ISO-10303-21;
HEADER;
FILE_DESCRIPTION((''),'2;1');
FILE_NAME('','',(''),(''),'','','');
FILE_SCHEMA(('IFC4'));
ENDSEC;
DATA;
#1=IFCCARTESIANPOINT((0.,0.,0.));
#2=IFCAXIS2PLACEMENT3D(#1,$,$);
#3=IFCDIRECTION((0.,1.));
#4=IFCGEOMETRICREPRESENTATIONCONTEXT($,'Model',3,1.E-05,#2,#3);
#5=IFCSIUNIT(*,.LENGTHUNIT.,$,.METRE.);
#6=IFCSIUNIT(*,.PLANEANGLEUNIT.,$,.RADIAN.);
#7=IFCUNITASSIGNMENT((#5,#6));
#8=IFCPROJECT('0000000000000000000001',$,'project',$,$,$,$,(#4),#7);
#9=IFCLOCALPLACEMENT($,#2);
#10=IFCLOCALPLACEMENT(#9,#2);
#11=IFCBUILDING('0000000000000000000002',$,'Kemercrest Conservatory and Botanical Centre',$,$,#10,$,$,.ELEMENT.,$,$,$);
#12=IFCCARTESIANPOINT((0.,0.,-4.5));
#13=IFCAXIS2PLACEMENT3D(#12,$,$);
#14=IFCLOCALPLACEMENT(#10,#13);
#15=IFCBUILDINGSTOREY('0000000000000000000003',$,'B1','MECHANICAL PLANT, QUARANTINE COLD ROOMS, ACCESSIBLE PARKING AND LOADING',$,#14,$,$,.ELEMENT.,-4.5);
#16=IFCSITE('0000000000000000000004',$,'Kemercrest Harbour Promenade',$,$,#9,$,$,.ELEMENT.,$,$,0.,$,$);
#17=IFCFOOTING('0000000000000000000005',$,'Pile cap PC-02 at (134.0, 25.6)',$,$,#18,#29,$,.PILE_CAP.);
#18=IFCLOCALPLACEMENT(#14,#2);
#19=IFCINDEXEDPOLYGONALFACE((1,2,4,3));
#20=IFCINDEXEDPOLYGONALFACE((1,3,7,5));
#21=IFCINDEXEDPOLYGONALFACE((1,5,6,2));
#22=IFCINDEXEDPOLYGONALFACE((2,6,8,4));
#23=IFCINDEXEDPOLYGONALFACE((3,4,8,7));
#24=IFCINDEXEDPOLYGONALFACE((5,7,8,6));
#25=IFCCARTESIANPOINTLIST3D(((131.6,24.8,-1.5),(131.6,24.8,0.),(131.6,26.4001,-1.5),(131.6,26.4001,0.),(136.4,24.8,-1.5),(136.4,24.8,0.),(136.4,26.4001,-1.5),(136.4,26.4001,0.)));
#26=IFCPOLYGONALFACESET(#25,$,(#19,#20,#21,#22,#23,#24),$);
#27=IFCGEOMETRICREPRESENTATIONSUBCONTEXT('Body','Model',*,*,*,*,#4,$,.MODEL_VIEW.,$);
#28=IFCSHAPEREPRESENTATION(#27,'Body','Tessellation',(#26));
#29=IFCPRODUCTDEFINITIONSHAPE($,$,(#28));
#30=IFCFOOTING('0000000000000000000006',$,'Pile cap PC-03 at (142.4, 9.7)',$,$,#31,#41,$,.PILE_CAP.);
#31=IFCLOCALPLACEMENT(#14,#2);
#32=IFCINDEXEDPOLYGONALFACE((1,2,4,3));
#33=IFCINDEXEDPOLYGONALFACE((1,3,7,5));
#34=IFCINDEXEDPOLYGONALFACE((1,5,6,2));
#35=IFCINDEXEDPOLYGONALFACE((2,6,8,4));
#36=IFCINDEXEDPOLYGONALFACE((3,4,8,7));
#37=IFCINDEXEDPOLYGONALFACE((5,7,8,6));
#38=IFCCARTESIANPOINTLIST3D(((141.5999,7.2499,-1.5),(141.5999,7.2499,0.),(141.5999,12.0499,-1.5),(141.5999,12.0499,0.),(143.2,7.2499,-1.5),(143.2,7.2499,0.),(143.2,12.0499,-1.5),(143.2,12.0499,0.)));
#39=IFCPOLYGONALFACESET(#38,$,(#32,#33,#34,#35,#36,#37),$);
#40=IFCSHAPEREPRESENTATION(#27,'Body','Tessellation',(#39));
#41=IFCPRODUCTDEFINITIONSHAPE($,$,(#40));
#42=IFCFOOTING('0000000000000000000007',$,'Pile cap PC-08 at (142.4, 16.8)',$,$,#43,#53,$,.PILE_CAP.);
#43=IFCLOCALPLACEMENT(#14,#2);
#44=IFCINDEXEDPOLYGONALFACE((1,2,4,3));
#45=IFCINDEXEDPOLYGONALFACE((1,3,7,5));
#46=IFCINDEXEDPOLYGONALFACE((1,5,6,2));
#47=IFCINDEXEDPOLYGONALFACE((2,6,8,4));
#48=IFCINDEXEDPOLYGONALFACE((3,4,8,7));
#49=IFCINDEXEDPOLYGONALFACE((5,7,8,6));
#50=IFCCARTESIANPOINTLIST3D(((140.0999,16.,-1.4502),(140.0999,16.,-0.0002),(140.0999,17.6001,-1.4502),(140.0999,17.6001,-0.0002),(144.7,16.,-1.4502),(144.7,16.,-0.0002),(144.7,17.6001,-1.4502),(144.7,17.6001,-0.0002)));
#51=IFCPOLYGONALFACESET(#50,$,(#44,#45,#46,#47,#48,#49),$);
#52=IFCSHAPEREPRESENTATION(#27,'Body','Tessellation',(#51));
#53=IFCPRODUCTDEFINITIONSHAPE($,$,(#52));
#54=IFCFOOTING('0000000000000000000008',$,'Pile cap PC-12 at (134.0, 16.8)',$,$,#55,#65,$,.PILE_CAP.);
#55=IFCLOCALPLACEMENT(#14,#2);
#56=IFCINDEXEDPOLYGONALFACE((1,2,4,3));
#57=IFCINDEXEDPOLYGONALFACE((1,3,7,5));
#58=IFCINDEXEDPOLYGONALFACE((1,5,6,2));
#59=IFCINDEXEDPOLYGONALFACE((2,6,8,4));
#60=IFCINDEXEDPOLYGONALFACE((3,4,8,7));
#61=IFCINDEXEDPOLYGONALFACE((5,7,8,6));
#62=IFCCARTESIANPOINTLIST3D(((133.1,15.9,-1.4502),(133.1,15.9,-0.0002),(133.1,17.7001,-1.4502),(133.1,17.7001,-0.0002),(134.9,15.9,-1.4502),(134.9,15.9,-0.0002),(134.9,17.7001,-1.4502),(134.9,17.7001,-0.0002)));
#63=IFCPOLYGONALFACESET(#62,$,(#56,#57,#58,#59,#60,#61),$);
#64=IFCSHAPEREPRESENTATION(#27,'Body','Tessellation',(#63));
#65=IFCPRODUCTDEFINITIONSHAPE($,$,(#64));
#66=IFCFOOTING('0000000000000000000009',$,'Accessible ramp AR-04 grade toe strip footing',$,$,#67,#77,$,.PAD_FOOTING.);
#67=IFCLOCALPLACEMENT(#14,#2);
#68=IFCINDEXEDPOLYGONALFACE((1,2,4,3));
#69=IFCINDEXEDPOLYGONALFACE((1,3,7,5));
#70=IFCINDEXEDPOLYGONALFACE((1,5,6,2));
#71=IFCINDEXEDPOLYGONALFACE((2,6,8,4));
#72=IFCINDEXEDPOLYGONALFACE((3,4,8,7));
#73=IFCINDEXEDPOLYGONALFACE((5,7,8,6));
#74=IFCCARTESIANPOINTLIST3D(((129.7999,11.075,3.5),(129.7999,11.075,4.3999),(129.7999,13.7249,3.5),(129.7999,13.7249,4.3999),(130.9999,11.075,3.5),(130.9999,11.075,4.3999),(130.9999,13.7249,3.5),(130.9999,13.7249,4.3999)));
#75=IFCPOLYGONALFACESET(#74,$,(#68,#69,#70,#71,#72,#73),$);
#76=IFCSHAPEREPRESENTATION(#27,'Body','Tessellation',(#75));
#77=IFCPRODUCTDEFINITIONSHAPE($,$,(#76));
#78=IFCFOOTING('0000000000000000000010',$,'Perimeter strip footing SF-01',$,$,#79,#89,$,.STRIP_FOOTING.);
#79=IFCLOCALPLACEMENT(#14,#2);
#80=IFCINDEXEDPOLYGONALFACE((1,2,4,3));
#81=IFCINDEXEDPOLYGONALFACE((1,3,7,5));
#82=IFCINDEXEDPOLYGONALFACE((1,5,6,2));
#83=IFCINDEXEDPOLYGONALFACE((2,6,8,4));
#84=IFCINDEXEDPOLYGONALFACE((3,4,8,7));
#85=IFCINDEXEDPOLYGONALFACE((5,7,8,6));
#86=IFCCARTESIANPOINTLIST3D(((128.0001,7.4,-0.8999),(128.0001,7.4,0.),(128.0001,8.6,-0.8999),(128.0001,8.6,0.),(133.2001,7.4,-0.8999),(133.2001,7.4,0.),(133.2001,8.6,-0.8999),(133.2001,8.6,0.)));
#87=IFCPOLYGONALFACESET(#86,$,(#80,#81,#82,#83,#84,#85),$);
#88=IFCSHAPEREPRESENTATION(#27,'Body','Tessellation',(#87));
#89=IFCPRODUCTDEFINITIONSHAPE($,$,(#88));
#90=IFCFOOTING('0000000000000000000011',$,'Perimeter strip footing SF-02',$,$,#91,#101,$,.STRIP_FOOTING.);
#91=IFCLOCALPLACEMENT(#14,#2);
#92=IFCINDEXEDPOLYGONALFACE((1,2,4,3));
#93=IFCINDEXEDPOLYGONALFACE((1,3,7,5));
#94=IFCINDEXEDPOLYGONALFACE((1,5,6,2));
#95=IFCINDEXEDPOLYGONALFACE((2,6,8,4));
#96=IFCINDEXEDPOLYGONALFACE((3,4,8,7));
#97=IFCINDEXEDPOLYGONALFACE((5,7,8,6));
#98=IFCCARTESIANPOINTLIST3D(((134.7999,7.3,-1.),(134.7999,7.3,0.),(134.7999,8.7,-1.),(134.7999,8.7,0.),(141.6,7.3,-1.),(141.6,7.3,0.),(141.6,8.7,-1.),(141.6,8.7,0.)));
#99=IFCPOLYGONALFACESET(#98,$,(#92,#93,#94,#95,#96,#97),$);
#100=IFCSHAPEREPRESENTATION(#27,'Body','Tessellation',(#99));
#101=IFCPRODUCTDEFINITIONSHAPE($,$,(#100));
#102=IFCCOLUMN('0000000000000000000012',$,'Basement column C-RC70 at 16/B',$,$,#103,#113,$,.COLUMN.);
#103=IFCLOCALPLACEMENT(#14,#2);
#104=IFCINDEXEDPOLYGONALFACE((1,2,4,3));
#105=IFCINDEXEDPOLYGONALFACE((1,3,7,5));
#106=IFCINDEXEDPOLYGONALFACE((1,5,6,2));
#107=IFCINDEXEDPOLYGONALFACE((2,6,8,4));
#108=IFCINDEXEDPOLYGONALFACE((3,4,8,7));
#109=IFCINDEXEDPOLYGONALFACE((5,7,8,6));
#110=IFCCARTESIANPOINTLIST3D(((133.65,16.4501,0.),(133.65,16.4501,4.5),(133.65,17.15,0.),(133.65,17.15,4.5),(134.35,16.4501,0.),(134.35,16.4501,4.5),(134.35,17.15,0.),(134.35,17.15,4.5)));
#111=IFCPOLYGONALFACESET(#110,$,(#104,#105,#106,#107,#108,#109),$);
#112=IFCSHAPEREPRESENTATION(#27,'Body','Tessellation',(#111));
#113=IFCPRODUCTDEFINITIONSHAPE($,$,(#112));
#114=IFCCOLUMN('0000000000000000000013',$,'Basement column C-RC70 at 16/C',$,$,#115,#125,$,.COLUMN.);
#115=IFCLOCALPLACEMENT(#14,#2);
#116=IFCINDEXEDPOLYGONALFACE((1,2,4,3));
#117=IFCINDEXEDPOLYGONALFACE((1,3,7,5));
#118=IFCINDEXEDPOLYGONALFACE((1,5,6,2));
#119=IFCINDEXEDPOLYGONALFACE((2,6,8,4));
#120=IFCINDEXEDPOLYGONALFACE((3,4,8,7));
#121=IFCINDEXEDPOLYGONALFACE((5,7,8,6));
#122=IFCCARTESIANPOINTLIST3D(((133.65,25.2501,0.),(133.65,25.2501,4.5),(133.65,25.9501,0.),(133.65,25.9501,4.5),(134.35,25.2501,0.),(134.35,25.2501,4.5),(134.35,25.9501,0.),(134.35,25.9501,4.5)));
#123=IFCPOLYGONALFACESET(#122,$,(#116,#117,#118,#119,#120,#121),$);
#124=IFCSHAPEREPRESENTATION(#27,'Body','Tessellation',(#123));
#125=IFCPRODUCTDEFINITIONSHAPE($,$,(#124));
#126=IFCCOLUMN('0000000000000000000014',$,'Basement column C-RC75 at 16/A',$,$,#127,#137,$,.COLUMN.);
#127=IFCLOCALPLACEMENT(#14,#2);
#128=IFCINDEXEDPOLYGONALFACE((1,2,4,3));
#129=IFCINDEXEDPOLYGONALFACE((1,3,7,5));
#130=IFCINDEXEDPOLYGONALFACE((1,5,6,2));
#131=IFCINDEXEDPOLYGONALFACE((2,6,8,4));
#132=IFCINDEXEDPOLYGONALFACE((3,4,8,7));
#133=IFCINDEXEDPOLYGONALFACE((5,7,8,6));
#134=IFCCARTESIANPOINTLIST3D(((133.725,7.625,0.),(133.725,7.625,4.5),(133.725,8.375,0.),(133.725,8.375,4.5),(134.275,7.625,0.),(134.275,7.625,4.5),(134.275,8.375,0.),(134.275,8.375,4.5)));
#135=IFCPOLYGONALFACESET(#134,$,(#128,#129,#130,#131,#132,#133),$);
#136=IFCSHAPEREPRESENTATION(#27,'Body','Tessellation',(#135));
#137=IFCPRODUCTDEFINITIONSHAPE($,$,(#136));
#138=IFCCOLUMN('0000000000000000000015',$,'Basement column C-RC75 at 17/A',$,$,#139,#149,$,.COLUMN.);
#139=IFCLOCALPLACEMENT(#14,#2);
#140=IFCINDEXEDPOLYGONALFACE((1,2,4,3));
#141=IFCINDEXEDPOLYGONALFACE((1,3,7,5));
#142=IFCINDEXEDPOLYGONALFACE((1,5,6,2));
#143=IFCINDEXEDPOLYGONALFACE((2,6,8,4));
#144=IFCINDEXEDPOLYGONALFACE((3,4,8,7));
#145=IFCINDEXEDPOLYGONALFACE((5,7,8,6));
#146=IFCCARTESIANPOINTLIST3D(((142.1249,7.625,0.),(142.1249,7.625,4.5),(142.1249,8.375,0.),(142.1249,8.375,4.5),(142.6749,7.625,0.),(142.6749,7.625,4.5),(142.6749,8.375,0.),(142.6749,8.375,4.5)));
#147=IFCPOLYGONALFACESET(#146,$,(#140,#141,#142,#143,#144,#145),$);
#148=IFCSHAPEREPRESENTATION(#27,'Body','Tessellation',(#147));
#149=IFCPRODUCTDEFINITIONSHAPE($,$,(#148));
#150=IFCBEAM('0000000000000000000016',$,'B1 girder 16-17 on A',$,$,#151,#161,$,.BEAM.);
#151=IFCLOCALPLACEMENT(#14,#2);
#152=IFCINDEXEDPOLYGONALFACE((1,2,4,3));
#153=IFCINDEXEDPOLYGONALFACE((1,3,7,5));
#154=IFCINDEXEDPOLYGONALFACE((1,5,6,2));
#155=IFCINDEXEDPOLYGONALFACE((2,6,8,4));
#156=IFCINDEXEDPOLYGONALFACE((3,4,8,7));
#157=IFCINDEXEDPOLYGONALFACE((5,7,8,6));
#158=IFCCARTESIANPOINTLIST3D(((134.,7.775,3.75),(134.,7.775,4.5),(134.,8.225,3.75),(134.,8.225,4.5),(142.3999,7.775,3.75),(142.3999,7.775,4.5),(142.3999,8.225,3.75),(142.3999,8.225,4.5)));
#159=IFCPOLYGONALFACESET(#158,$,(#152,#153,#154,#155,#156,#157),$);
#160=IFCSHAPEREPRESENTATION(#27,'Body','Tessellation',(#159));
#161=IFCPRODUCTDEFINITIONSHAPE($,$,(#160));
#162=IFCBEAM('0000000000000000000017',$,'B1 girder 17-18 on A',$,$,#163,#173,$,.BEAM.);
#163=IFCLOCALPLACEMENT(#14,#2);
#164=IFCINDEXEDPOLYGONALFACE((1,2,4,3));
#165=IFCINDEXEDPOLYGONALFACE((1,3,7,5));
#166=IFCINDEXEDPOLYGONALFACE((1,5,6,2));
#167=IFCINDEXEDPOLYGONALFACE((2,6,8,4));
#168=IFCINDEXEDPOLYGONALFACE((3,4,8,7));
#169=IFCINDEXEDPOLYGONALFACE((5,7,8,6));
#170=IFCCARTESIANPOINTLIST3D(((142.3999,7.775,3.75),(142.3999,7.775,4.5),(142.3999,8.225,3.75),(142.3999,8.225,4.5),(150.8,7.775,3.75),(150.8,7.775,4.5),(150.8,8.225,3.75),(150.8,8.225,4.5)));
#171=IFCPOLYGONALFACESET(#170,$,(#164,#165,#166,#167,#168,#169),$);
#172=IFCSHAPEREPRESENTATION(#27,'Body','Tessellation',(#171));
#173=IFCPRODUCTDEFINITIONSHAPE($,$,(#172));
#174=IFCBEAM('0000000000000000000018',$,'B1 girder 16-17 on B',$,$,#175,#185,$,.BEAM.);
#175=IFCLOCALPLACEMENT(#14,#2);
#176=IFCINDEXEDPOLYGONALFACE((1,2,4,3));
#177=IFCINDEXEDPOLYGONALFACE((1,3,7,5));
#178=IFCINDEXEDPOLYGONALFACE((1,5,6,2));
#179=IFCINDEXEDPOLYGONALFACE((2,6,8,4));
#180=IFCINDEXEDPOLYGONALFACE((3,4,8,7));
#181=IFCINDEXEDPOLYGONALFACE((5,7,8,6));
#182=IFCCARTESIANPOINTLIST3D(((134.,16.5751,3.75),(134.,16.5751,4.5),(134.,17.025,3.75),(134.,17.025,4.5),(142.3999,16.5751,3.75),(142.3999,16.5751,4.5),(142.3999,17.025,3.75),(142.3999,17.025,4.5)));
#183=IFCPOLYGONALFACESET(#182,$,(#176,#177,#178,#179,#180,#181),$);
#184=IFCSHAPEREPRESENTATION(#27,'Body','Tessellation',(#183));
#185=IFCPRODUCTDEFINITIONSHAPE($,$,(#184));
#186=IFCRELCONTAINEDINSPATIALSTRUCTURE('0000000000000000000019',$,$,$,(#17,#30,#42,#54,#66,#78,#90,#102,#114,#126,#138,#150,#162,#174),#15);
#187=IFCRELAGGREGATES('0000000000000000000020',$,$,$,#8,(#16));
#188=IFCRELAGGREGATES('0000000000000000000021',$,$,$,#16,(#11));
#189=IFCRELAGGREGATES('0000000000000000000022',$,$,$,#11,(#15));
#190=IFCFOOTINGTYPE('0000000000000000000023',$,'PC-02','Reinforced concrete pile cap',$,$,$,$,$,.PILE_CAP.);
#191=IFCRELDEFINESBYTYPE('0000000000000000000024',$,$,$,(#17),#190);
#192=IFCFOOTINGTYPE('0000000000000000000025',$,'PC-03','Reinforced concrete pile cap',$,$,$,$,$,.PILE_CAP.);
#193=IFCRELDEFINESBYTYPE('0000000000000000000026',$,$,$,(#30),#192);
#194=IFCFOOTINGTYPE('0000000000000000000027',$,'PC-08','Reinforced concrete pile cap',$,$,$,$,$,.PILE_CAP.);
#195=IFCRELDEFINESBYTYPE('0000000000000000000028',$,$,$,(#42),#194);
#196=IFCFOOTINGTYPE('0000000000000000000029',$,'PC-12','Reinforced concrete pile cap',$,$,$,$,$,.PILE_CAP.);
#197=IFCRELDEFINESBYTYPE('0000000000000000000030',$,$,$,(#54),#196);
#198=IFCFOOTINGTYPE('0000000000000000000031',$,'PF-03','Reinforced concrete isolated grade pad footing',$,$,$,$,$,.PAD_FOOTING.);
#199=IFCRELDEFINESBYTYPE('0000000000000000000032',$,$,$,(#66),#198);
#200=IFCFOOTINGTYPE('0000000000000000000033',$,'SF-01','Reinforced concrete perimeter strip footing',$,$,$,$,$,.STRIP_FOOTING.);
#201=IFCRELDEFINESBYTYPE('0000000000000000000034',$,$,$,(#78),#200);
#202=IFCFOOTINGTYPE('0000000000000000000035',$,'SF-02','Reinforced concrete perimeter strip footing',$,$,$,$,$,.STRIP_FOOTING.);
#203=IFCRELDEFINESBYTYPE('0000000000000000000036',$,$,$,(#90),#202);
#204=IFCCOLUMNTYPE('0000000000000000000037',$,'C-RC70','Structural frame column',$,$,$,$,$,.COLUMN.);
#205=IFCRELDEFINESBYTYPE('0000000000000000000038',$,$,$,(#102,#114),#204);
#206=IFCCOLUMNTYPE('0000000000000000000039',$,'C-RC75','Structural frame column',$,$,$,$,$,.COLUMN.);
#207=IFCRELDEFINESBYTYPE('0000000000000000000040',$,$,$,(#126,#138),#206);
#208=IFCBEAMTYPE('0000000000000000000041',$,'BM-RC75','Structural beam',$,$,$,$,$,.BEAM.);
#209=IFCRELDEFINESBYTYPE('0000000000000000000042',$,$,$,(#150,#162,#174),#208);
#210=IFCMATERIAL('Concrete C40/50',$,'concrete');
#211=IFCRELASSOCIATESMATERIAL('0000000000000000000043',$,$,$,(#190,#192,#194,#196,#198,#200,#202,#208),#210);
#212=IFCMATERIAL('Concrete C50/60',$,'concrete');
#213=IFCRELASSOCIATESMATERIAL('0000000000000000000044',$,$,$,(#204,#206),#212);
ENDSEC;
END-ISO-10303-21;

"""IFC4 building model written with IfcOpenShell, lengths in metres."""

from ifc_helpers import new_model, si_unit, direction, frame, origin, origin_2d, place, context, subcontext, project, spatial, rectangle, extrude, material, material_profile, profile_set, type_object, element, save


model = new_model("IFC4")

# Units and contexts
model_context = context("Model", 3, precision=1e-05, world=origin(), true_north=direction((0.0, 1.0)))
body_context = subcontext(model_context, "Body", "Model", "MODEL_VIEW")
ifc_project = project(units=[si_unit("LENGTHUNIT", "METRE"), si_unit("PLANEANGLEUNIT", "RADIAN")], contexts=[model_context])

# Site, building, storey
site_placement = place(None, origin())
site = spatial("IfcSite", under=ifc_project, at=site_placement, Name="Kemercrest Harbour Promenade", CompositionType="ELEMENT", RefElevation=0.0)
building_placement = place(site_placement, origin())
building = spatial("IfcBuilding", under=site, at=building_placement, Name="Kemercrest Conservatory and Botanical Centre", CompositionType="ELEMENT")
storey_placement = place(building_placement, frame((0.0, 0.0, -4.5)))
storey = spatial("IfcBuildingStorey", under=building, at=storey_placement, Name="B1", Description="MECHANICAL PLANT, QUARANTINE COLD ROOMS, ACCESSIBLE PARKING AND LOADING", CompositionType="ELEMENT", Elevation=-4.5)

# Shared definitions
ifc_material_1 = material(Name="Concrete C40/50", Category="concrete")

# Footings
footing_type_1 = type_object("IfcFootingType", Name="PC-02", Description="Reinforced concrete pile cap", PredefinedType="PILE_CAP", material=ifc_material_1)
footing_1_placement = place(storey_placement, frame((134.0, 25.6001, -1.5), z_axis=(0.0, 0.0, 1.0), x_axis=(1.0, 0.0, 0.0)))
element("IfcFooting", 1, at=footing_1_placement, inside=storey, type_object=footing_type_1, Name="Pile cap PC-02 at (134.0, 25.6)", PredefinedType="PILE_CAP", context=body_context, shape_type="SweptSolid", body=[
    extrude(rectangle(XDim=4.8, YDim=1.6001, at=origin_2d()), origin(), (0.0, 0.0, 1.0), 1.5),
])
footing_type_2 = type_object("IfcFootingType", Name="PC-03", Description="Reinforced concrete pile cap", PredefinedType="PILE_CAP", material=ifc_material_1)
footing_2_placement = place(storey_placement, frame((142.3999, 9.6499, -1.5), z_axis=(0.0, 0.0, 1.0), x_axis=(1.0, 0.0, 0.0)))
element("IfcFooting", 2, at=footing_2_placement, inside=storey, type_object=footing_type_2, Name="Pile cap PC-03 at (142.4, 9.7)", PredefinedType="PILE_CAP", context=body_context, shape_type="SweptSolid", body=[
    extrude(rectangle(XDim=1.6001, YDim=4.8, at=origin_2d()), origin(), (0.0, 0.0, 1.0), 1.5),
])
footing_type_3 = type_object("IfcFootingType", Name="PC-08", Description="Reinforced concrete pile cap", PredefinedType="PILE_CAP", material=ifc_material_1)
footing_3_placement = place(storey_placement, frame((142.3999, 16.8, -1.4502), z_axis=(0.0, 0.0, 1.0), x_axis=(1.0, 0.0, 0.0)))
element("IfcFooting", 3, at=footing_3_placement, inside=storey, type_object=footing_type_3, Name="Pile cap PC-08 at (142.4, 16.8)", PredefinedType="PILE_CAP", context=body_context, shape_type="SweptSolid", body=[
    extrude(rectangle(XDim=4.6001, YDim=1.6001, at=origin_2d()), origin(), (0.0, 0.0, 1.0), 1.45),
])
footing_type_4 = type_object("IfcFootingType", Name="PC-12", Description="Reinforced concrete pile cap", PredefinedType="PILE_CAP", material=ifc_material_1)
footing_4_placement = place(storey_placement, frame((134.0, 16.8, -1.4502), z_axis=(0.0, 0.0, 1.0), x_axis=(1.0, 0.0, 0.0)))
element("IfcFooting", 4, at=footing_4_placement, inside=storey, type_object=footing_type_4, Name="Pile cap PC-12 at (134.0, 16.8)", PredefinedType="PILE_CAP", context=body_context, shape_type="SweptSolid", body=[
    extrude(rectangle(XDim=1.8, YDim=1.8, at=origin_2d()), origin(), (0.0, 0.0, 1.0), 1.45),
])
footing_type_5 = type_object("IfcFootingType", Name="PF-03", Description="Reinforced concrete isolated grade pad footing", PredefinedType="PAD_FOOTING", material=ifc_material_1)
footing_5_placement = place(storey_placement, frame((130.3999, 12.3999, 3.5), z_axis=(0.0, 0.0, 1.0), x_axis=(1.0, 0.0, 0.0)))
element("IfcFooting", 5, at=footing_5_placement, inside=storey, type_object=footing_type_5, Name="Accessible ramp AR-04 grade toe strip footing", PredefinedType="PAD_FOOTING", context=body_context, shape_type="SweptSolid", body=[
    extrude(rectangle(XDim=1.2, YDim=2.6499, at=origin_2d()), origin(), (0.0, 0.0, 1.0), 0.8999),
])
footing_type_6 = type_object("IfcFootingType", Name="SF-01", Description="Reinforced concrete perimeter strip footing", PredefinedType="STRIP_FOOTING", material=ifc_material_1)
footing_6_placement = place(storey_placement, frame((130.6001, 8.0, -0.8999), z_axis=(0.0, 0.0, 1.0), x_axis=(1.0, 0.0, 0.0)))
element("IfcFooting", 6, at=footing_6_placement, inside=storey, type_object=footing_type_6, Name="Perimeter strip footing SF-01", PredefinedType="STRIP_FOOTING", context=body_context, shape_type="SweptSolid", body=[
    extrude(rectangle(XDim=5.2, YDim=1.2, at=origin_2d()), origin(), (0.0, 0.0, 1.0), 0.8999),
])
footing_type_7 = type_object("IfcFootingType", Name="SF-02", Description="Reinforced concrete perimeter strip footing", PredefinedType="STRIP_FOOTING", material=ifc_material_1)
footing_7_placement = place(storey_placement, frame((138.2, 8.0, -1.0), z_axis=(0.0, 0.0, 1.0), x_axis=(1.0, 0.0, 0.0)))
element("IfcFooting", 7, at=footing_7_placement, inside=storey, type_object=footing_type_7, Name="Perimeter strip footing SF-02", PredefinedType="STRIP_FOOTING", context=body_context, shape_type="SweptSolid", body=[
    extrude(rectangle(XDim=6.8, YDim=1.3999, at=origin_2d()), origin(), (0.0, 0.0, 1.0), 1.0),
])

# Columns
ifc_material_2 = material(Name="Concrete C50/60", Category="concrete")
ifc_material_profile_1 = material_profile(ifc_material_2, rectangle(XDim=0.7, YDim=0.7, at=origin_2d()), Name="RC 700x700")
ifc_profile_set_1 = profile_set([ifc_material_profile_1], Name="Concrete C50/60")
column_type_1 = type_object("IfcColumnType", Name="C-RC70", Description="Structural frame column", PredefinedType="COLUMN", material=ifc_profile_set_1)
for number, where, z_axis, x_axis, name in (
    (8, (134.0, 16.8, 0.0), (0.0, 0.0, 1.0), (1.0, 0.0, 0.0), "Basement column C-RC70 at 16/B"),
    (9, (134.0, 25.6001, 0.0), (0.0, 0.0, 1.0), (1.0, 0.0, 0.0), "Basement column C-RC70 at 16/C"),
):
    element("IfcColumn", number, at=place(storey_placement, frame(where, z_axis=z_axis, x_axis=x_axis)), inside=storey, type_object=column_type_1, Name=name, PredefinedType="COLUMN", context=body_context, shape_type="SweptSolid", body=[
        extrude(rectangle(XDim=0.7, YDim=0.7, at=origin_2d()), origin(), (0.0, 0.0, 1.0), 4.5),
    ])
ifc_material_profile_2 = material_profile(ifc_material_2, rectangle(XDim=0.55, YDim=0.75, at=origin_2d()), Name="RC 750x550")
ifc_profile_set_2 = profile_set([ifc_material_profile_2], Name="Concrete C50/60")
column_type_2 = type_object("IfcColumnType", Name="C-RC75", Description="Structural frame column", PredefinedType="COLUMN", material=ifc_profile_set_2)
for number, where, z_axis, x_axis, name in (
    (10, (134.0, 8.0, 0.0), (0.0, 0.0, 1.0), (1.0, 0.0, 0.0), "Basement column C-RC75 at 16/A"),
    (11, (142.3999, 8.0, 0.0), (0.0, 0.0, 1.0), (1.0, 0.0, 0.0), "Basement column C-RC75 at 17/A"),
):
    element("IfcColumn", number, at=place(storey_placement, frame(where, z_axis=z_axis, x_axis=x_axis)), inside=storey, type_object=column_type_2, Name=name, PredefinedType="COLUMN", context=body_context, shape_type="SweptSolid", body=[
        extrude(rectangle(XDim=0.55, YDim=0.75, at=origin_2d()), origin(), (0.0, 0.0, 1.0), 4.5),
    ])

# Beams
ifc_material_profile_3 = material_profile(ifc_material_1, rectangle(XDim=0.45, YDim=0.75, at=origin_2d()), Name="RC 450x750")
ifc_profile_set_3 = profile_set([ifc_material_profile_3], Name="Concrete C40/50")
beam_type = type_object("IfcBeamType", Name="BM-RC75", Description="Structural beam", PredefinedType="BEAM", material=ifc_profile_set_3)
beam_1_placement = place(storey_placement, frame((134.0, 8.0, 4.125), z_axis=(1.0, 0.0, 0.0), x_axis=(0.0, 1.0, 0.0)))
element("IfcBeam", 12, at=beam_1_placement, inside=storey, type_object=beam_type, Name="B1 girder 16-17 on A", PredefinedType="BEAM", context=body_context, shape_type="SweptSolid", body=[
    extrude(rectangle(XDim=0.45, YDim=0.75, at=origin_2d()), origin(), (0.0, 0.0, 1.0), 8.3999),
])
beam_2_placement = place(storey_placement, frame((142.3999, 8.0, 4.125), z_axis=(1.0, 0.0, 0.0), x_axis=(0.0, 1.0, 0.0)))
element("IfcBeam", 13, at=beam_2_placement, inside=storey, type_object=beam_type, Name="B1 girder 17-18 on A", PredefinedType="BEAM", context=body_context, shape_type="SweptSolid", body=[
    extrude(rectangle(XDim=0.45, YDim=0.75, at=origin_2d()), origin(), (0.0, 0.0, 1.0), 8.4001),
])
for number, where, z_axis, x_axis, name in (
    (14, (134.0, 16.8, 4.125), (1.0, 0.0, 0.0), (0.0, 1.0, 0.0), "B1 girder 16-17 on B"),
):
    element("IfcBeam", number, at=place(storey_placement, frame(where, z_axis=z_axis, x_axis=x_axis)), inside=storey, type_object=beam_type, Name=name, PredefinedType="BEAM", context=body_context, shape_type="SweptSolid", body=[
        extrude(rectangle(XDim=0.45, YDim=0.75, at=origin_2d()), origin(), (0.0, 0.0, 1.0), 8.3999),
    ])

save(model, "model.ifc")
